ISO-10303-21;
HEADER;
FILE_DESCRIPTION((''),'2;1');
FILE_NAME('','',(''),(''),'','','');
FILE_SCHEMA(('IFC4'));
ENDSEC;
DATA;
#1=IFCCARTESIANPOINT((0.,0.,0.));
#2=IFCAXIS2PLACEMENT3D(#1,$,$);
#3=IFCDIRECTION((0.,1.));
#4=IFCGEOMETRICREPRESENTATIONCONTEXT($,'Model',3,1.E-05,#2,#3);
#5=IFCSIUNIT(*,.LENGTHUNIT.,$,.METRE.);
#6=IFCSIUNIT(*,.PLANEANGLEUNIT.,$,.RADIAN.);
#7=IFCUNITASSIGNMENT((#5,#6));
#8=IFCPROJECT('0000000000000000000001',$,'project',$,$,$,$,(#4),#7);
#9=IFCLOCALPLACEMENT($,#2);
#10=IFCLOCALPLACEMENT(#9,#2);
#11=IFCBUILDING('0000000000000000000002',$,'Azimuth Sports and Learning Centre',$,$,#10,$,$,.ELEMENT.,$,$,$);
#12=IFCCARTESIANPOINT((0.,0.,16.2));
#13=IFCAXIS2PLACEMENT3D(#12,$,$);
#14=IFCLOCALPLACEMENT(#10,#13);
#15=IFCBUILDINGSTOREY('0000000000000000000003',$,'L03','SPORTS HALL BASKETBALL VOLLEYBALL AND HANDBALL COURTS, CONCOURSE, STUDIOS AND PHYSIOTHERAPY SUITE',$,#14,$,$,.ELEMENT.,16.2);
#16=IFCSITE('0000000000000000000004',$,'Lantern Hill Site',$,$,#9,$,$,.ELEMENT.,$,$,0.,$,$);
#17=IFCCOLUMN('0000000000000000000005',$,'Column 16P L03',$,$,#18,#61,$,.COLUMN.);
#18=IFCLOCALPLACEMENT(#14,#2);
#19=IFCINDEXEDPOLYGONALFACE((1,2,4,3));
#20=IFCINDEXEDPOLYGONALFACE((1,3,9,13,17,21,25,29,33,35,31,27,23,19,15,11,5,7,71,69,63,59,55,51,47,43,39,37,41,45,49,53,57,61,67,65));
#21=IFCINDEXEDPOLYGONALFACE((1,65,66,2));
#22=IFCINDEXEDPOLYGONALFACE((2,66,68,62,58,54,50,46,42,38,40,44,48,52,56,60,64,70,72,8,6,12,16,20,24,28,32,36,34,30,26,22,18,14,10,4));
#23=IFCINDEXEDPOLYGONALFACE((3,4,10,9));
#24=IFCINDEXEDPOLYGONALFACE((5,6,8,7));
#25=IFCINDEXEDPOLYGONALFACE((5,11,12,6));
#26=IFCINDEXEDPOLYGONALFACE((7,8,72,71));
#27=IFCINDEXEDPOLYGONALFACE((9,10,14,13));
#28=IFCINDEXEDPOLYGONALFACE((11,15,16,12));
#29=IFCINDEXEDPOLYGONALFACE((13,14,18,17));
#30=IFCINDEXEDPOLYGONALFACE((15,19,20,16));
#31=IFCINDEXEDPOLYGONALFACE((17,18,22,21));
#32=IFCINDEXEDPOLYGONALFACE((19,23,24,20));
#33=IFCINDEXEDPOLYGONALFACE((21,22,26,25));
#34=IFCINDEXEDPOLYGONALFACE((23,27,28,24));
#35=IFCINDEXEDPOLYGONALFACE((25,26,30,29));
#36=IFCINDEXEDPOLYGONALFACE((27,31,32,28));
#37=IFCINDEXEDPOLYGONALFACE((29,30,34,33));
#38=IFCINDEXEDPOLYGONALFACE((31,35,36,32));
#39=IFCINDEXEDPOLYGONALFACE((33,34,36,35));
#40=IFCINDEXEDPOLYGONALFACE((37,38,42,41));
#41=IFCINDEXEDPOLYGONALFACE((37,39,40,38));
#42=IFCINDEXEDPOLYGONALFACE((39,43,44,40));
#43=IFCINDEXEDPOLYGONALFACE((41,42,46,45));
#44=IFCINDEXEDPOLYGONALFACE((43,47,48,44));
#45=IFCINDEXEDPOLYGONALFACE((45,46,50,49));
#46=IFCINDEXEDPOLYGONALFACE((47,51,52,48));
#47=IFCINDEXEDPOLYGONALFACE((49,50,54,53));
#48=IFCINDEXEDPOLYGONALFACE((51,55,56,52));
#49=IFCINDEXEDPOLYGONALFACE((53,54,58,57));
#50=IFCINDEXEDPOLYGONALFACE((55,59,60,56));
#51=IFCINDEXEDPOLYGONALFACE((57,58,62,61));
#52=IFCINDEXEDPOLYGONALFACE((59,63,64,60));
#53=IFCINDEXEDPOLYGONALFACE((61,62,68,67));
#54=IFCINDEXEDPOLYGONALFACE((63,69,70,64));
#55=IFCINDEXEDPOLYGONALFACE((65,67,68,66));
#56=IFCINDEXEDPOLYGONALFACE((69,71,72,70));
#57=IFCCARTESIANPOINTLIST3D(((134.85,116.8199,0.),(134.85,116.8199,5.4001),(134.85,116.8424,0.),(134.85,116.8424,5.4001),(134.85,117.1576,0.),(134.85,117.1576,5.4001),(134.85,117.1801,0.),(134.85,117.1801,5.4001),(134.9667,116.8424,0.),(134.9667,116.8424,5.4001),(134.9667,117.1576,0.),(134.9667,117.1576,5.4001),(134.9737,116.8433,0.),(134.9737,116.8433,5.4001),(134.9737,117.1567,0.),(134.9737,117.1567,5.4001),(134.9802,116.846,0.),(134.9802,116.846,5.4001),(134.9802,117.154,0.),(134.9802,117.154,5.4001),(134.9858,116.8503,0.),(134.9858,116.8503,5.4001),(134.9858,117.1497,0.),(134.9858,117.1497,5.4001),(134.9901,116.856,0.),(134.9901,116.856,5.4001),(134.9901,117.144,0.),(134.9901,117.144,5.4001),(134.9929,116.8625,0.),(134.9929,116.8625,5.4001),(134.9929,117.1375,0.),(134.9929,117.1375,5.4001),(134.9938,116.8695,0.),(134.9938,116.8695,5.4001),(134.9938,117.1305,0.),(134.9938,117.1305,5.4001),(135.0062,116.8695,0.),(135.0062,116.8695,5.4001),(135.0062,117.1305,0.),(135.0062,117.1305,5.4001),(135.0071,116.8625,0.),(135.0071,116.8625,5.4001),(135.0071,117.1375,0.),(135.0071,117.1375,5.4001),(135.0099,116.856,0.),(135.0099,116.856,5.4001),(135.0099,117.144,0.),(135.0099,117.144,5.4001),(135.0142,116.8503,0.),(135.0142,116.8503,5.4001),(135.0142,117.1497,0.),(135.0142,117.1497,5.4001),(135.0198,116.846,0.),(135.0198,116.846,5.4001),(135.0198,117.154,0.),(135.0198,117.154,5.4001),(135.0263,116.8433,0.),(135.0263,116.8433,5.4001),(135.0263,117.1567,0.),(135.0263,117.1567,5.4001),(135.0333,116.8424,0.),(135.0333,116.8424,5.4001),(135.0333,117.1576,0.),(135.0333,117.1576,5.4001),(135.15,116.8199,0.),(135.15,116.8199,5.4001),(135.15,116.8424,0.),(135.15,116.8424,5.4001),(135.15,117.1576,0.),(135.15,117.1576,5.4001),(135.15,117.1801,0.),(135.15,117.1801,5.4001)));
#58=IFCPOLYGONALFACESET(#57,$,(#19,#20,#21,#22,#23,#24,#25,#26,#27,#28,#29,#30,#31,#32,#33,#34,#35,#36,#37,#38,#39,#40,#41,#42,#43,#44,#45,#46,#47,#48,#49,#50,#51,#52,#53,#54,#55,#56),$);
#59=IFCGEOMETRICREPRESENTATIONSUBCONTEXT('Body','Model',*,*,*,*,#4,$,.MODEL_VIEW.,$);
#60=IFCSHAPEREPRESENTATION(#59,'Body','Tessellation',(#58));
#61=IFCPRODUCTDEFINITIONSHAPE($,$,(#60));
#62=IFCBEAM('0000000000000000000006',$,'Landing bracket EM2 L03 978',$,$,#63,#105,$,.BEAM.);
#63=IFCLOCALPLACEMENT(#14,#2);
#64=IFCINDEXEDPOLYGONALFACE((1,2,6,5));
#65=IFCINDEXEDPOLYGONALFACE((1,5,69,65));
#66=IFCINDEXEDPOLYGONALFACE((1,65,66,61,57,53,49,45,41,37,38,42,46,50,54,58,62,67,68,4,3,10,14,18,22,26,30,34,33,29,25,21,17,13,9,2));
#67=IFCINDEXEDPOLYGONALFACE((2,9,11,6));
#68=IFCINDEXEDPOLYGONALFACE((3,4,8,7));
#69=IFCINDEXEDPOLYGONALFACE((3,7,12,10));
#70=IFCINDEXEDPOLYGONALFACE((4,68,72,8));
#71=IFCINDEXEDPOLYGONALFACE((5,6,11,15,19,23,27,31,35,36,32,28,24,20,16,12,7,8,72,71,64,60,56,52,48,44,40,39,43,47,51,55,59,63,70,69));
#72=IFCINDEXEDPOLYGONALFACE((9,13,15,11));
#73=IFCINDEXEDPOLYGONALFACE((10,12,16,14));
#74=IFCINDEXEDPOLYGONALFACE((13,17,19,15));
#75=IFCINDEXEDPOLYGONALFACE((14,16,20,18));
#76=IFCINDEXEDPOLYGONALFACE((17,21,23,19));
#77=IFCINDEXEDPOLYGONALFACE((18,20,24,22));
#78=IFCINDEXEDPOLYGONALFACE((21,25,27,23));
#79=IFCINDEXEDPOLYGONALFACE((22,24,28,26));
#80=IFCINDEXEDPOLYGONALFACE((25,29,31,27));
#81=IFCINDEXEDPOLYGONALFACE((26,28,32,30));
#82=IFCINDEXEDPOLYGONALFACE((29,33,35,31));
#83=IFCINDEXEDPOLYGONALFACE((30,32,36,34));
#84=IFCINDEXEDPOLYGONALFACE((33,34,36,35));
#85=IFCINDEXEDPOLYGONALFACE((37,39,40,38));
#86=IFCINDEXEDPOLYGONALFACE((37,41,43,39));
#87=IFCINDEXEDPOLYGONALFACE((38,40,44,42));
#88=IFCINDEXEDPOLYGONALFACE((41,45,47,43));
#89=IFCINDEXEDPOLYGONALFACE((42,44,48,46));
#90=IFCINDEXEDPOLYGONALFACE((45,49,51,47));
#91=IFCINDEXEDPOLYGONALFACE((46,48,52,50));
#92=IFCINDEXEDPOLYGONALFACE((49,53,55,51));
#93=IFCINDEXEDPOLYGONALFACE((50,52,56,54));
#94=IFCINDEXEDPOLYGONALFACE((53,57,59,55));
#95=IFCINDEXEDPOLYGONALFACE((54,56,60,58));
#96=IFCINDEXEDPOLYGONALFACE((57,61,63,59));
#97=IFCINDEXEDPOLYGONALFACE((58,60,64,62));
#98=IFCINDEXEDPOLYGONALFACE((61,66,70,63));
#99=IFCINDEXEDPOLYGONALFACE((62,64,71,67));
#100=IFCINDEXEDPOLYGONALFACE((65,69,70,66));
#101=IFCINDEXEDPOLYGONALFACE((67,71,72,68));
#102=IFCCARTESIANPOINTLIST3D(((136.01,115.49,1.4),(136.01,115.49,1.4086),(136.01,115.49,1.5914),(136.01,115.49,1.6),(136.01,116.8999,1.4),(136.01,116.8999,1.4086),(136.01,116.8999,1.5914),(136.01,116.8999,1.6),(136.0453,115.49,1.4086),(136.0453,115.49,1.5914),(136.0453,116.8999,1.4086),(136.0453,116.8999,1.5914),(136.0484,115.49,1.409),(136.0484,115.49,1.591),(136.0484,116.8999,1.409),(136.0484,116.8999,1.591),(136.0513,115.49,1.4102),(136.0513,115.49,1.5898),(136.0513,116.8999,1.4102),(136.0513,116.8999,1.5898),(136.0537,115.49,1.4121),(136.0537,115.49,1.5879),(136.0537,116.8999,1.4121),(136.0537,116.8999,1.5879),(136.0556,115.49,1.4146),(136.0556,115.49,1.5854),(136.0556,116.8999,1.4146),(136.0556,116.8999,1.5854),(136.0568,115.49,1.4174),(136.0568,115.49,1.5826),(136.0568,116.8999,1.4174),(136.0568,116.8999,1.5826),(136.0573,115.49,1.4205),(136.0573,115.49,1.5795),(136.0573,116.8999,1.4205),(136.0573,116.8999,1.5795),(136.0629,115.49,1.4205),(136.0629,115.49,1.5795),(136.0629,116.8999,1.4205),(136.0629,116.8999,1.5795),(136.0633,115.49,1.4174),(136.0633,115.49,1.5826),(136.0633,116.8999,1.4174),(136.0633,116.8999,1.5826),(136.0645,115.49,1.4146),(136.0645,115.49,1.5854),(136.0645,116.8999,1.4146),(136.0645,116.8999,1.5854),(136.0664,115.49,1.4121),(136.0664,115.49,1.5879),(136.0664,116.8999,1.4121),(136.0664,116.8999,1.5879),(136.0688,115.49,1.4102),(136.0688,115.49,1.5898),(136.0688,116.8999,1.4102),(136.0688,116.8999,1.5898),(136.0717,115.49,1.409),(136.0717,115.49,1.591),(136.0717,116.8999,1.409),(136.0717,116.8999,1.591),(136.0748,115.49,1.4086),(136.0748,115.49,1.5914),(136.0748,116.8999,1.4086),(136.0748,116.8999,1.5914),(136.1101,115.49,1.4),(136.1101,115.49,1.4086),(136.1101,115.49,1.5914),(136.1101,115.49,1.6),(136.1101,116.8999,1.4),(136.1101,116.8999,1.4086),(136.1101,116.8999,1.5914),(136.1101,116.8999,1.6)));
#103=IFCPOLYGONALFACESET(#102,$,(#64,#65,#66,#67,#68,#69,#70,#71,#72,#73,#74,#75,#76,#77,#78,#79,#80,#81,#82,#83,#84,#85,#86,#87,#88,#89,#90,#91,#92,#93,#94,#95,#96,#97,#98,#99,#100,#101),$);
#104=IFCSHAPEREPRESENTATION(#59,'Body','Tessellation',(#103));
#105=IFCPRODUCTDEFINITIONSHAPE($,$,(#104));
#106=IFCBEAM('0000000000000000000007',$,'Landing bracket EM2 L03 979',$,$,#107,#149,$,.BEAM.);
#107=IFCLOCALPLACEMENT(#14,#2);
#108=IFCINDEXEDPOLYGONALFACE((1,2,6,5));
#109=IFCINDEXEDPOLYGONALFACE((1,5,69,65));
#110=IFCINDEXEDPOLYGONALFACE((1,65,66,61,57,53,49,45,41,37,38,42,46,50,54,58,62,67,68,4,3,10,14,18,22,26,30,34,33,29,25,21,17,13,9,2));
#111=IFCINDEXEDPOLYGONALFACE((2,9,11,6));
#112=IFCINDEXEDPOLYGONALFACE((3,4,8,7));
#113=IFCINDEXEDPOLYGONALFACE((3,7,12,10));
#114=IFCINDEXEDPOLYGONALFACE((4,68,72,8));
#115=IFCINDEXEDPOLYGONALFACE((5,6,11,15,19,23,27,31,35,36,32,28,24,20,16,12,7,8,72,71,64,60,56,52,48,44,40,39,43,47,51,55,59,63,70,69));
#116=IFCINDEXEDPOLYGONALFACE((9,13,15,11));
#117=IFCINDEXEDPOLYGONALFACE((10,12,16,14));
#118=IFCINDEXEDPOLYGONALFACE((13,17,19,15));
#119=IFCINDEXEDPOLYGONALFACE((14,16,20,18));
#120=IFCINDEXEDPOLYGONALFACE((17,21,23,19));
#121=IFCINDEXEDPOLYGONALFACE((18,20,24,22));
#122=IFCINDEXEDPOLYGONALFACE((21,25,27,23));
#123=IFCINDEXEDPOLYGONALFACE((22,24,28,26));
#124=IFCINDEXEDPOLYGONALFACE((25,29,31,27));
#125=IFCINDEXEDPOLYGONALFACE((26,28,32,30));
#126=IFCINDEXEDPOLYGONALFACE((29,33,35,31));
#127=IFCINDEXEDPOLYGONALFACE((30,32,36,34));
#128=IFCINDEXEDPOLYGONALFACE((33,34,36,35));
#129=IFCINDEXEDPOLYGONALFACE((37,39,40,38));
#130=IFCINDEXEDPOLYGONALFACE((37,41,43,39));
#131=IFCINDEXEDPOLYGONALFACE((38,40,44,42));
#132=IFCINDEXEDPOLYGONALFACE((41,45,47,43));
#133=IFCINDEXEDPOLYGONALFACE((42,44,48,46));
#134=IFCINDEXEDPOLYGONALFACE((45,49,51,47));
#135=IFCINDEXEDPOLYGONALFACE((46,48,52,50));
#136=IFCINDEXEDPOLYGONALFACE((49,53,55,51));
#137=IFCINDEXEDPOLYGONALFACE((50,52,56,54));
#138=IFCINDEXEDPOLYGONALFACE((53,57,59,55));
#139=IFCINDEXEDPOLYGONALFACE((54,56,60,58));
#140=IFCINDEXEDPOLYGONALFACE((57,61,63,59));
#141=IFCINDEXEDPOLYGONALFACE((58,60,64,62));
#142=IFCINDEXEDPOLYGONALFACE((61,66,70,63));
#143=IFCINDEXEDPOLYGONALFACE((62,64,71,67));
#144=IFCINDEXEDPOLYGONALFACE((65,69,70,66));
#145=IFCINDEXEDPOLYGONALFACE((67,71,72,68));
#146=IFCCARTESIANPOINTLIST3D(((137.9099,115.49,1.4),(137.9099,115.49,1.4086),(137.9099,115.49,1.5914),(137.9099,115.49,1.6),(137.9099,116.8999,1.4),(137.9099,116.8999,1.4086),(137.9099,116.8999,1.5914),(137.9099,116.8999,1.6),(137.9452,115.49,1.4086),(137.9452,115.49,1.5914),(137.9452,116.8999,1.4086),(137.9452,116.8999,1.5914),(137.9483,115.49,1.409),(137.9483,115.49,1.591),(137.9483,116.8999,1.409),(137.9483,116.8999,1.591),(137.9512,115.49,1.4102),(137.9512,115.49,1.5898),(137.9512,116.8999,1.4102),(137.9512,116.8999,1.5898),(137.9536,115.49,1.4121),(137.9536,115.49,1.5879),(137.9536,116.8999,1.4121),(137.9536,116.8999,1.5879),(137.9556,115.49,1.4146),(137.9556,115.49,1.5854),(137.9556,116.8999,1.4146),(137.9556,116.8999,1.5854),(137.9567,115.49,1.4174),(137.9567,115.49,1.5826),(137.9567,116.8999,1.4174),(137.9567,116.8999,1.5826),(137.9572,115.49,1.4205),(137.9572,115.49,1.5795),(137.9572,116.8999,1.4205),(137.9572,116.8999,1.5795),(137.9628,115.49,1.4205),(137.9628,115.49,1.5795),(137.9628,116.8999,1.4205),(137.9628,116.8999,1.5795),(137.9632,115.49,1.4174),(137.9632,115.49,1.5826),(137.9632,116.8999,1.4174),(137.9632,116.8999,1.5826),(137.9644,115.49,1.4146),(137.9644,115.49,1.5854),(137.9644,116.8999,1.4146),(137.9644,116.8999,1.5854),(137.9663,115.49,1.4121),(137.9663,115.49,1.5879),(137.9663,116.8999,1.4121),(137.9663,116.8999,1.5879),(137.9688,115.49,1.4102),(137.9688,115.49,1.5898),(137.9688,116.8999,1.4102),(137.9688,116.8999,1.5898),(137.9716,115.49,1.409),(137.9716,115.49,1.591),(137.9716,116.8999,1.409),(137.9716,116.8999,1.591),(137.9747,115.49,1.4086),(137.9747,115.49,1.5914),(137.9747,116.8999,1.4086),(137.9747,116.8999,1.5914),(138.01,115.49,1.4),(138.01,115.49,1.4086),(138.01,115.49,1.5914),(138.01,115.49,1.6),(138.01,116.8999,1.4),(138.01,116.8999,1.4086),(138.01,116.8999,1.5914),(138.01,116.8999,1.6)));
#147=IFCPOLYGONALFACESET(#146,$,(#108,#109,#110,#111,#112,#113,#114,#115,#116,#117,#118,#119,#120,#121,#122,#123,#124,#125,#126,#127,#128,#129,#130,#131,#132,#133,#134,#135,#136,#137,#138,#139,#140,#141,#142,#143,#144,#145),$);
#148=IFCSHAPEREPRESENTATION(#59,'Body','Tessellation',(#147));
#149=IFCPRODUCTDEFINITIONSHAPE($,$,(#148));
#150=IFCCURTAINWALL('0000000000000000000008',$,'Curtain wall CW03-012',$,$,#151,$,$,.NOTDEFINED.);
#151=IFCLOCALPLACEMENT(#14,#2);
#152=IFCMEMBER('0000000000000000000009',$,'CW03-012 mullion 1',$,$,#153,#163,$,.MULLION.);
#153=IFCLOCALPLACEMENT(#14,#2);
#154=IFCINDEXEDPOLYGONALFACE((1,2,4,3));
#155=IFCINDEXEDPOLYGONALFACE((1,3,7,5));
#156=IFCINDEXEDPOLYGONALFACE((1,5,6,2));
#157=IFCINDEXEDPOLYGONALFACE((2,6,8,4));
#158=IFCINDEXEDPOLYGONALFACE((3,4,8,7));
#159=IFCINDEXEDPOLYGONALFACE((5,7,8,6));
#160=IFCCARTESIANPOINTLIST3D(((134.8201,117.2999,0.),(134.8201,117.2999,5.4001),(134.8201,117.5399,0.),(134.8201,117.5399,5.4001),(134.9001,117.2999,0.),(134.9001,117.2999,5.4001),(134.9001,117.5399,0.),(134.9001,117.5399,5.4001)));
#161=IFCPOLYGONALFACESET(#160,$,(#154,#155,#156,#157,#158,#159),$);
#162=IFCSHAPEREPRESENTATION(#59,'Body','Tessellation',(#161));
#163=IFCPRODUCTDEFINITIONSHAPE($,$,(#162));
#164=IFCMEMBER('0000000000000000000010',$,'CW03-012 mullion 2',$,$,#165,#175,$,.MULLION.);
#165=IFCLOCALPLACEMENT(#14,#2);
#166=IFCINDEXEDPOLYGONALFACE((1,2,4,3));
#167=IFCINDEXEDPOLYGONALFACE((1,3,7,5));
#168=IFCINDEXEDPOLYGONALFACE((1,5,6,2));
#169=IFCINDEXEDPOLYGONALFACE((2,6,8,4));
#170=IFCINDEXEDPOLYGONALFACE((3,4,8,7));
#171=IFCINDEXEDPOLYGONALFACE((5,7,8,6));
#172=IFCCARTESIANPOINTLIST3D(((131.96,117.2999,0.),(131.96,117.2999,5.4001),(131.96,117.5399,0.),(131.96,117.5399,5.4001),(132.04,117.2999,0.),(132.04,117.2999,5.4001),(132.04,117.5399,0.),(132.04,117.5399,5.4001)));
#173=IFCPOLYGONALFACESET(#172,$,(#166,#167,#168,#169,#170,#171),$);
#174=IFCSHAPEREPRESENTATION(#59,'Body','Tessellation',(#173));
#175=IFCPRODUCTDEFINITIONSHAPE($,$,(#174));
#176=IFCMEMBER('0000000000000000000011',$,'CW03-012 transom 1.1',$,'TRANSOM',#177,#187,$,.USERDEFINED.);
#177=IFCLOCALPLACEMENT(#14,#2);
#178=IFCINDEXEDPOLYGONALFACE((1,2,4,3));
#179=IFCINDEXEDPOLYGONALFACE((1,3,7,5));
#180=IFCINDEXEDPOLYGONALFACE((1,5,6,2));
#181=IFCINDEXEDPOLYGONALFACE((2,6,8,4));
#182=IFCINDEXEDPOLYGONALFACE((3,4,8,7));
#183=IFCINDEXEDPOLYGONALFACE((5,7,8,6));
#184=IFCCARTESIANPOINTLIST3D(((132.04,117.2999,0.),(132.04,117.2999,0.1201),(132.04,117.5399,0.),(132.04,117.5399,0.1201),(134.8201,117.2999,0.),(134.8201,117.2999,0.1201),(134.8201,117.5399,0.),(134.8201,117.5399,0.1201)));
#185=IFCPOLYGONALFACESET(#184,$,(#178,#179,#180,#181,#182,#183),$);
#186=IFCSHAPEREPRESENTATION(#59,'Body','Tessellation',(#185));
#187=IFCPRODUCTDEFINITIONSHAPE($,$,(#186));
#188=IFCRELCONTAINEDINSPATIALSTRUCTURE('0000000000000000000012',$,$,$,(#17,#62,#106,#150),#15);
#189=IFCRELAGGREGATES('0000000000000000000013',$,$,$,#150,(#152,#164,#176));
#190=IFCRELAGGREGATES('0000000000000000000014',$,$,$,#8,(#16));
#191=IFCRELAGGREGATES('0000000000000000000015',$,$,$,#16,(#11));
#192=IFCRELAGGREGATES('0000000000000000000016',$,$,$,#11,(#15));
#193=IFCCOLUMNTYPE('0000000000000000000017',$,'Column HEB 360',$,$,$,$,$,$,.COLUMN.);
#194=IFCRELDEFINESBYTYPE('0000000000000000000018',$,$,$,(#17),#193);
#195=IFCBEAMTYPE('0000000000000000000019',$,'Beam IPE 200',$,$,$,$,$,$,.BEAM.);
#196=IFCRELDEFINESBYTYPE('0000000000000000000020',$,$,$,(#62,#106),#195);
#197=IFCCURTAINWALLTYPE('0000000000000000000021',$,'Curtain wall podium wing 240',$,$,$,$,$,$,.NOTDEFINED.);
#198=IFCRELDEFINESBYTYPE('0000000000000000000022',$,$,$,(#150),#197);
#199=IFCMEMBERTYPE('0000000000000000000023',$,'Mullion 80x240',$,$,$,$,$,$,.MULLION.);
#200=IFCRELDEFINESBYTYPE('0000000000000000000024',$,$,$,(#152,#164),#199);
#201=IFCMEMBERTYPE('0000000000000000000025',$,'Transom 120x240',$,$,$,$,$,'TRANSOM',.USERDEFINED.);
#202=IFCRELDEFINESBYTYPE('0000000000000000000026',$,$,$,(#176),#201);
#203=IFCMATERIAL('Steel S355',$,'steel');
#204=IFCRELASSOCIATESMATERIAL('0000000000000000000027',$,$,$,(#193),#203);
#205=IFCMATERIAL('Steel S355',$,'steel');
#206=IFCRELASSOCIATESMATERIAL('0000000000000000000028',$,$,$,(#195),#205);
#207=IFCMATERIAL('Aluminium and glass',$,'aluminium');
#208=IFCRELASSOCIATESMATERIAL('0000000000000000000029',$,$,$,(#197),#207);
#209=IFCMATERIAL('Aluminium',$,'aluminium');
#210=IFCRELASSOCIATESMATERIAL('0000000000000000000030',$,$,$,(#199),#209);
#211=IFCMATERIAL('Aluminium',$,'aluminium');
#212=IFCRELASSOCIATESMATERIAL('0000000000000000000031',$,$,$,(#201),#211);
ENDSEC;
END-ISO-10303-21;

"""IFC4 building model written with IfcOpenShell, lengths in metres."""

from ifc_helpers import new_model, si_unit, direction, frame, origin, origin_2d, place, context, subcontext, project, spatial, rectangle, i_section, extrude, material, material_profile, profile_set, type_object, element, aggregate, save


model = new_model("IFC4")

# Units and contexts
model_context = context("Model", 3, precision=1e-05, world=origin(), true_north=direction((0.0, 1.0)))
body_context = subcontext(model_context, "Body", "Model", "MODEL_VIEW")
ifc_project = project(units=[si_unit("LENGTHUNIT", "METRE"), si_unit("PLANEANGLEUNIT", "RADIAN")], contexts=[model_context])

# Site, building, storey
site_placement = place(None, origin())
site = spatial("IfcSite", under=ifc_project, at=site_placement, Name="Lantern Hill Site", CompositionType="ELEMENT", RefElevation=0.0)
building_placement = place(site_placement, origin())
building = spatial("IfcBuilding", under=site, at=building_placement, Name="Azimuth Sports and Learning Centre", CompositionType="ELEMENT")
storey_placement = place(building_placement, frame((0.0, 0.0, 16.2)))
storey = spatial("IfcBuildingStorey", under=building, at=storey_placement, Name="L03", Description="SPORTS HALL BASKETBALL VOLLEYBALL AND HANDBALL COURTS, CONCOURSE, STUDIOS AND PHYSIOTHERAPY SUITE", CompositionType="ELEMENT", Elevation=16.2)

# Column
ifc_material_1 = material(Name="Steel S355", Category="steel")
ifc_material_profile_1 = material_profile(ifc_material_1, i_section(OverallWidth=0.3, OverallDepth=0.3601, WebThickness=0.0125, FlangeThickness=0.0225, FilletRadius=0.0271, at=origin_2d()), Name="HEB 360")
ifc_profile_set_1 = profile_set([ifc_material_profile_1], Name="Steel S355")
column_type = type_object("IfcColumnType", Name="Column HEB 360", PredefinedType="COLUMN", material=ifc_profile_set_1)
column_placement = place(storey_placement, frame((135.0, 117.0, 0.0), z_axis=(0.0, 0.0, 1.0), x_axis=(1.0, 0.0, 0.0)))
element("IfcColumn", 1, at=column_placement, inside=storey, type_object=column_type, Name="Column 16P L03", PredefinedType="COLUMN", context=body_context, shape_type="SweptSolid", body=[
    extrude(i_section(OverallWidth=0.3, OverallDepth=0.3601, WebThickness=0.0125, FlangeThickness=0.0225, FilletRadius=0.0271, at=origin_2d()), origin(), (0.0, 0.0, 1.0), 5.4001),
])

# Beams
ifc_material_2 = material(Name="Steel S355", Category="steel")
ifc_material_profile_2 = material_profile(ifc_material_2, i_section(OverallWidth=0.1001, OverallDepth=0.2, WebThickness=0.0056, FlangeThickness=0.0085, FilletRadius=0.012, at=origin_2d()), Name="IPE 200")
ifc_profile_set_2 = profile_set([ifc_material_profile_2], Name="Steel S355")
beam_type = type_object("IfcBeamType", Name="Beam IPE 200", PredefinedType="BEAM", material=ifc_profile_set_2)
for number, where, z_axis, x_axis, name in (
    (2, (136.0601, 116.8999, 1.5), (0.0, -1.0, 0.0), (1.0, 0.0, 0.0), "Landing bracket EM2 L03 978"),
    (3, (137.96, 116.8999, 1.5), (0.0, -1.0, 0.0), (1.0, 0.0, 0.0), "Landing bracket EM2 L03 979"),
):
    element("IfcBeam", number, at=place(storey_placement, frame(where, z_axis=z_axis, x_axis=x_axis)), inside=storey, type_object=beam_type, Name=name, PredefinedType="BEAM", context=body_context, shape_type="SweptSolid", body=[
        extrude(i_section(OverallWidth=0.1001, OverallDepth=0.2, WebThickness=0.0056, FlangeThickness=0.0085, FilletRadius=0.012, at=origin_2d()), origin(), (0.0, 0.0, 1.0), 1.4099),
    ])

# Curtain wall, members
ifc_material_3 = material(Name="Aluminium and glass", Category="aluminium")
curtain_wall_type = type_object("IfcCurtainWallType", Name="Curtain wall podium wing 240", PredefinedType="NOTDEFINED", material=ifc_material_3)
curtain_wall_placement = place(storey_placement, origin())
curtain_wall = element("IfcCurtainWall", 4, at=curtain_wall_placement, inside=storey, type_object=curtain_wall_type, Name="Curtain wall CW03-012", PredefinedType="NOTDEFINED")
ifc_material_4 = material(Name="Aluminium", Category="aluminium")
ifc_material_profile_3 = material_profile(ifc_material_4, rectangle(XDim=0.24, YDim=0.0801, at=origin_2d()), Name="Mullion 80x240")
ifc_profile_set_3 = profile_set([ifc_material_profile_3], Name="Aluminium")
member_type_1 = type_object("IfcMemberType", Name="Mullion 80x240", PredefinedType="MULLION", material=ifc_profile_set_3)
member_1_placement = place(storey_placement, frame((134.8601, 117.4199, 0.0), z_axis=(0.0, 0.0, 1.0), x_axis=(0.0, -1.0, 0.0)))
member_1 = element("IfcMember", 5, at=member_1_placement, type_object=member_type_1, Name="CW03-012 mullion 1", PredefinedType="MULLION", context=body_context, shape_type="SweptSolid", body=[
    extrude(rectangle(XDim=0.24, YDim=0.0801, at=origin_2d()), origin(), (0.0, 0.0, 1.0), 5.4001),
])
member_2_placement = place(storey_placement, frame((132.0, 117.4199, 0.0), z_axis=(0.0, 0.0, 1.0), x_axis=(0.0, -1.0, 0.0)))
member_2 = element("IfcMember", 6, at=member_2_placement, type_object=member_type_1, Name="CW03-012 mullion 2", PredefinedType="MULLION", context=body_context, shape_type="SweptSolid", body=[
    extrude(rectangle(XDim=0.24, YDim=0.0801, at=origin_2d()), origin(), (0.0, 0.0, 1.0), 5.4001),
])
ifc_material_5 = material(Name="Aluminium", Category="aluminium")
ifc_material_profile_4 = material_profile(ifc_material_5, rectangle(XDim=0.24, YDim=0.1201, at=origin_2d()), Name="Transom 120x240")
ifc_profile_set_4 = profile_set([ifc_material_profile_4], Name="Aluminium")
member_type_2 = type_object("IfcMemberType", Name="Transom 120x240", ElementType="TRANSOM", PredefinedType="USERDEFINED", material=ifc_profile_set_4)
member_3_placement = place(storey_placement, frame((134.8201, 117.4199, 0.0601), z_axis=(-1.0, 0.0, 0.0), x_axis=(0.0, -1.0, 0.0)))
member_3 = element("IfcMember", 7, at=member_3_placement, type_object=member_type_2, Name="CW03-012 transom 1.1", ObjectType="TRANSOM", PredefinedType="USERDEFINED", context=body_context, shape_type="SweptSolid", body=[
    extrude(rectangle(XDim=0.24, YDim=0.1201, at=origin_2d()), origin(), (0.0, 0.0, 1.0), 2.78),
])
aggregate(curtain_wall, [member_1, member_2, member_3])

save(model, "model.ifc")
